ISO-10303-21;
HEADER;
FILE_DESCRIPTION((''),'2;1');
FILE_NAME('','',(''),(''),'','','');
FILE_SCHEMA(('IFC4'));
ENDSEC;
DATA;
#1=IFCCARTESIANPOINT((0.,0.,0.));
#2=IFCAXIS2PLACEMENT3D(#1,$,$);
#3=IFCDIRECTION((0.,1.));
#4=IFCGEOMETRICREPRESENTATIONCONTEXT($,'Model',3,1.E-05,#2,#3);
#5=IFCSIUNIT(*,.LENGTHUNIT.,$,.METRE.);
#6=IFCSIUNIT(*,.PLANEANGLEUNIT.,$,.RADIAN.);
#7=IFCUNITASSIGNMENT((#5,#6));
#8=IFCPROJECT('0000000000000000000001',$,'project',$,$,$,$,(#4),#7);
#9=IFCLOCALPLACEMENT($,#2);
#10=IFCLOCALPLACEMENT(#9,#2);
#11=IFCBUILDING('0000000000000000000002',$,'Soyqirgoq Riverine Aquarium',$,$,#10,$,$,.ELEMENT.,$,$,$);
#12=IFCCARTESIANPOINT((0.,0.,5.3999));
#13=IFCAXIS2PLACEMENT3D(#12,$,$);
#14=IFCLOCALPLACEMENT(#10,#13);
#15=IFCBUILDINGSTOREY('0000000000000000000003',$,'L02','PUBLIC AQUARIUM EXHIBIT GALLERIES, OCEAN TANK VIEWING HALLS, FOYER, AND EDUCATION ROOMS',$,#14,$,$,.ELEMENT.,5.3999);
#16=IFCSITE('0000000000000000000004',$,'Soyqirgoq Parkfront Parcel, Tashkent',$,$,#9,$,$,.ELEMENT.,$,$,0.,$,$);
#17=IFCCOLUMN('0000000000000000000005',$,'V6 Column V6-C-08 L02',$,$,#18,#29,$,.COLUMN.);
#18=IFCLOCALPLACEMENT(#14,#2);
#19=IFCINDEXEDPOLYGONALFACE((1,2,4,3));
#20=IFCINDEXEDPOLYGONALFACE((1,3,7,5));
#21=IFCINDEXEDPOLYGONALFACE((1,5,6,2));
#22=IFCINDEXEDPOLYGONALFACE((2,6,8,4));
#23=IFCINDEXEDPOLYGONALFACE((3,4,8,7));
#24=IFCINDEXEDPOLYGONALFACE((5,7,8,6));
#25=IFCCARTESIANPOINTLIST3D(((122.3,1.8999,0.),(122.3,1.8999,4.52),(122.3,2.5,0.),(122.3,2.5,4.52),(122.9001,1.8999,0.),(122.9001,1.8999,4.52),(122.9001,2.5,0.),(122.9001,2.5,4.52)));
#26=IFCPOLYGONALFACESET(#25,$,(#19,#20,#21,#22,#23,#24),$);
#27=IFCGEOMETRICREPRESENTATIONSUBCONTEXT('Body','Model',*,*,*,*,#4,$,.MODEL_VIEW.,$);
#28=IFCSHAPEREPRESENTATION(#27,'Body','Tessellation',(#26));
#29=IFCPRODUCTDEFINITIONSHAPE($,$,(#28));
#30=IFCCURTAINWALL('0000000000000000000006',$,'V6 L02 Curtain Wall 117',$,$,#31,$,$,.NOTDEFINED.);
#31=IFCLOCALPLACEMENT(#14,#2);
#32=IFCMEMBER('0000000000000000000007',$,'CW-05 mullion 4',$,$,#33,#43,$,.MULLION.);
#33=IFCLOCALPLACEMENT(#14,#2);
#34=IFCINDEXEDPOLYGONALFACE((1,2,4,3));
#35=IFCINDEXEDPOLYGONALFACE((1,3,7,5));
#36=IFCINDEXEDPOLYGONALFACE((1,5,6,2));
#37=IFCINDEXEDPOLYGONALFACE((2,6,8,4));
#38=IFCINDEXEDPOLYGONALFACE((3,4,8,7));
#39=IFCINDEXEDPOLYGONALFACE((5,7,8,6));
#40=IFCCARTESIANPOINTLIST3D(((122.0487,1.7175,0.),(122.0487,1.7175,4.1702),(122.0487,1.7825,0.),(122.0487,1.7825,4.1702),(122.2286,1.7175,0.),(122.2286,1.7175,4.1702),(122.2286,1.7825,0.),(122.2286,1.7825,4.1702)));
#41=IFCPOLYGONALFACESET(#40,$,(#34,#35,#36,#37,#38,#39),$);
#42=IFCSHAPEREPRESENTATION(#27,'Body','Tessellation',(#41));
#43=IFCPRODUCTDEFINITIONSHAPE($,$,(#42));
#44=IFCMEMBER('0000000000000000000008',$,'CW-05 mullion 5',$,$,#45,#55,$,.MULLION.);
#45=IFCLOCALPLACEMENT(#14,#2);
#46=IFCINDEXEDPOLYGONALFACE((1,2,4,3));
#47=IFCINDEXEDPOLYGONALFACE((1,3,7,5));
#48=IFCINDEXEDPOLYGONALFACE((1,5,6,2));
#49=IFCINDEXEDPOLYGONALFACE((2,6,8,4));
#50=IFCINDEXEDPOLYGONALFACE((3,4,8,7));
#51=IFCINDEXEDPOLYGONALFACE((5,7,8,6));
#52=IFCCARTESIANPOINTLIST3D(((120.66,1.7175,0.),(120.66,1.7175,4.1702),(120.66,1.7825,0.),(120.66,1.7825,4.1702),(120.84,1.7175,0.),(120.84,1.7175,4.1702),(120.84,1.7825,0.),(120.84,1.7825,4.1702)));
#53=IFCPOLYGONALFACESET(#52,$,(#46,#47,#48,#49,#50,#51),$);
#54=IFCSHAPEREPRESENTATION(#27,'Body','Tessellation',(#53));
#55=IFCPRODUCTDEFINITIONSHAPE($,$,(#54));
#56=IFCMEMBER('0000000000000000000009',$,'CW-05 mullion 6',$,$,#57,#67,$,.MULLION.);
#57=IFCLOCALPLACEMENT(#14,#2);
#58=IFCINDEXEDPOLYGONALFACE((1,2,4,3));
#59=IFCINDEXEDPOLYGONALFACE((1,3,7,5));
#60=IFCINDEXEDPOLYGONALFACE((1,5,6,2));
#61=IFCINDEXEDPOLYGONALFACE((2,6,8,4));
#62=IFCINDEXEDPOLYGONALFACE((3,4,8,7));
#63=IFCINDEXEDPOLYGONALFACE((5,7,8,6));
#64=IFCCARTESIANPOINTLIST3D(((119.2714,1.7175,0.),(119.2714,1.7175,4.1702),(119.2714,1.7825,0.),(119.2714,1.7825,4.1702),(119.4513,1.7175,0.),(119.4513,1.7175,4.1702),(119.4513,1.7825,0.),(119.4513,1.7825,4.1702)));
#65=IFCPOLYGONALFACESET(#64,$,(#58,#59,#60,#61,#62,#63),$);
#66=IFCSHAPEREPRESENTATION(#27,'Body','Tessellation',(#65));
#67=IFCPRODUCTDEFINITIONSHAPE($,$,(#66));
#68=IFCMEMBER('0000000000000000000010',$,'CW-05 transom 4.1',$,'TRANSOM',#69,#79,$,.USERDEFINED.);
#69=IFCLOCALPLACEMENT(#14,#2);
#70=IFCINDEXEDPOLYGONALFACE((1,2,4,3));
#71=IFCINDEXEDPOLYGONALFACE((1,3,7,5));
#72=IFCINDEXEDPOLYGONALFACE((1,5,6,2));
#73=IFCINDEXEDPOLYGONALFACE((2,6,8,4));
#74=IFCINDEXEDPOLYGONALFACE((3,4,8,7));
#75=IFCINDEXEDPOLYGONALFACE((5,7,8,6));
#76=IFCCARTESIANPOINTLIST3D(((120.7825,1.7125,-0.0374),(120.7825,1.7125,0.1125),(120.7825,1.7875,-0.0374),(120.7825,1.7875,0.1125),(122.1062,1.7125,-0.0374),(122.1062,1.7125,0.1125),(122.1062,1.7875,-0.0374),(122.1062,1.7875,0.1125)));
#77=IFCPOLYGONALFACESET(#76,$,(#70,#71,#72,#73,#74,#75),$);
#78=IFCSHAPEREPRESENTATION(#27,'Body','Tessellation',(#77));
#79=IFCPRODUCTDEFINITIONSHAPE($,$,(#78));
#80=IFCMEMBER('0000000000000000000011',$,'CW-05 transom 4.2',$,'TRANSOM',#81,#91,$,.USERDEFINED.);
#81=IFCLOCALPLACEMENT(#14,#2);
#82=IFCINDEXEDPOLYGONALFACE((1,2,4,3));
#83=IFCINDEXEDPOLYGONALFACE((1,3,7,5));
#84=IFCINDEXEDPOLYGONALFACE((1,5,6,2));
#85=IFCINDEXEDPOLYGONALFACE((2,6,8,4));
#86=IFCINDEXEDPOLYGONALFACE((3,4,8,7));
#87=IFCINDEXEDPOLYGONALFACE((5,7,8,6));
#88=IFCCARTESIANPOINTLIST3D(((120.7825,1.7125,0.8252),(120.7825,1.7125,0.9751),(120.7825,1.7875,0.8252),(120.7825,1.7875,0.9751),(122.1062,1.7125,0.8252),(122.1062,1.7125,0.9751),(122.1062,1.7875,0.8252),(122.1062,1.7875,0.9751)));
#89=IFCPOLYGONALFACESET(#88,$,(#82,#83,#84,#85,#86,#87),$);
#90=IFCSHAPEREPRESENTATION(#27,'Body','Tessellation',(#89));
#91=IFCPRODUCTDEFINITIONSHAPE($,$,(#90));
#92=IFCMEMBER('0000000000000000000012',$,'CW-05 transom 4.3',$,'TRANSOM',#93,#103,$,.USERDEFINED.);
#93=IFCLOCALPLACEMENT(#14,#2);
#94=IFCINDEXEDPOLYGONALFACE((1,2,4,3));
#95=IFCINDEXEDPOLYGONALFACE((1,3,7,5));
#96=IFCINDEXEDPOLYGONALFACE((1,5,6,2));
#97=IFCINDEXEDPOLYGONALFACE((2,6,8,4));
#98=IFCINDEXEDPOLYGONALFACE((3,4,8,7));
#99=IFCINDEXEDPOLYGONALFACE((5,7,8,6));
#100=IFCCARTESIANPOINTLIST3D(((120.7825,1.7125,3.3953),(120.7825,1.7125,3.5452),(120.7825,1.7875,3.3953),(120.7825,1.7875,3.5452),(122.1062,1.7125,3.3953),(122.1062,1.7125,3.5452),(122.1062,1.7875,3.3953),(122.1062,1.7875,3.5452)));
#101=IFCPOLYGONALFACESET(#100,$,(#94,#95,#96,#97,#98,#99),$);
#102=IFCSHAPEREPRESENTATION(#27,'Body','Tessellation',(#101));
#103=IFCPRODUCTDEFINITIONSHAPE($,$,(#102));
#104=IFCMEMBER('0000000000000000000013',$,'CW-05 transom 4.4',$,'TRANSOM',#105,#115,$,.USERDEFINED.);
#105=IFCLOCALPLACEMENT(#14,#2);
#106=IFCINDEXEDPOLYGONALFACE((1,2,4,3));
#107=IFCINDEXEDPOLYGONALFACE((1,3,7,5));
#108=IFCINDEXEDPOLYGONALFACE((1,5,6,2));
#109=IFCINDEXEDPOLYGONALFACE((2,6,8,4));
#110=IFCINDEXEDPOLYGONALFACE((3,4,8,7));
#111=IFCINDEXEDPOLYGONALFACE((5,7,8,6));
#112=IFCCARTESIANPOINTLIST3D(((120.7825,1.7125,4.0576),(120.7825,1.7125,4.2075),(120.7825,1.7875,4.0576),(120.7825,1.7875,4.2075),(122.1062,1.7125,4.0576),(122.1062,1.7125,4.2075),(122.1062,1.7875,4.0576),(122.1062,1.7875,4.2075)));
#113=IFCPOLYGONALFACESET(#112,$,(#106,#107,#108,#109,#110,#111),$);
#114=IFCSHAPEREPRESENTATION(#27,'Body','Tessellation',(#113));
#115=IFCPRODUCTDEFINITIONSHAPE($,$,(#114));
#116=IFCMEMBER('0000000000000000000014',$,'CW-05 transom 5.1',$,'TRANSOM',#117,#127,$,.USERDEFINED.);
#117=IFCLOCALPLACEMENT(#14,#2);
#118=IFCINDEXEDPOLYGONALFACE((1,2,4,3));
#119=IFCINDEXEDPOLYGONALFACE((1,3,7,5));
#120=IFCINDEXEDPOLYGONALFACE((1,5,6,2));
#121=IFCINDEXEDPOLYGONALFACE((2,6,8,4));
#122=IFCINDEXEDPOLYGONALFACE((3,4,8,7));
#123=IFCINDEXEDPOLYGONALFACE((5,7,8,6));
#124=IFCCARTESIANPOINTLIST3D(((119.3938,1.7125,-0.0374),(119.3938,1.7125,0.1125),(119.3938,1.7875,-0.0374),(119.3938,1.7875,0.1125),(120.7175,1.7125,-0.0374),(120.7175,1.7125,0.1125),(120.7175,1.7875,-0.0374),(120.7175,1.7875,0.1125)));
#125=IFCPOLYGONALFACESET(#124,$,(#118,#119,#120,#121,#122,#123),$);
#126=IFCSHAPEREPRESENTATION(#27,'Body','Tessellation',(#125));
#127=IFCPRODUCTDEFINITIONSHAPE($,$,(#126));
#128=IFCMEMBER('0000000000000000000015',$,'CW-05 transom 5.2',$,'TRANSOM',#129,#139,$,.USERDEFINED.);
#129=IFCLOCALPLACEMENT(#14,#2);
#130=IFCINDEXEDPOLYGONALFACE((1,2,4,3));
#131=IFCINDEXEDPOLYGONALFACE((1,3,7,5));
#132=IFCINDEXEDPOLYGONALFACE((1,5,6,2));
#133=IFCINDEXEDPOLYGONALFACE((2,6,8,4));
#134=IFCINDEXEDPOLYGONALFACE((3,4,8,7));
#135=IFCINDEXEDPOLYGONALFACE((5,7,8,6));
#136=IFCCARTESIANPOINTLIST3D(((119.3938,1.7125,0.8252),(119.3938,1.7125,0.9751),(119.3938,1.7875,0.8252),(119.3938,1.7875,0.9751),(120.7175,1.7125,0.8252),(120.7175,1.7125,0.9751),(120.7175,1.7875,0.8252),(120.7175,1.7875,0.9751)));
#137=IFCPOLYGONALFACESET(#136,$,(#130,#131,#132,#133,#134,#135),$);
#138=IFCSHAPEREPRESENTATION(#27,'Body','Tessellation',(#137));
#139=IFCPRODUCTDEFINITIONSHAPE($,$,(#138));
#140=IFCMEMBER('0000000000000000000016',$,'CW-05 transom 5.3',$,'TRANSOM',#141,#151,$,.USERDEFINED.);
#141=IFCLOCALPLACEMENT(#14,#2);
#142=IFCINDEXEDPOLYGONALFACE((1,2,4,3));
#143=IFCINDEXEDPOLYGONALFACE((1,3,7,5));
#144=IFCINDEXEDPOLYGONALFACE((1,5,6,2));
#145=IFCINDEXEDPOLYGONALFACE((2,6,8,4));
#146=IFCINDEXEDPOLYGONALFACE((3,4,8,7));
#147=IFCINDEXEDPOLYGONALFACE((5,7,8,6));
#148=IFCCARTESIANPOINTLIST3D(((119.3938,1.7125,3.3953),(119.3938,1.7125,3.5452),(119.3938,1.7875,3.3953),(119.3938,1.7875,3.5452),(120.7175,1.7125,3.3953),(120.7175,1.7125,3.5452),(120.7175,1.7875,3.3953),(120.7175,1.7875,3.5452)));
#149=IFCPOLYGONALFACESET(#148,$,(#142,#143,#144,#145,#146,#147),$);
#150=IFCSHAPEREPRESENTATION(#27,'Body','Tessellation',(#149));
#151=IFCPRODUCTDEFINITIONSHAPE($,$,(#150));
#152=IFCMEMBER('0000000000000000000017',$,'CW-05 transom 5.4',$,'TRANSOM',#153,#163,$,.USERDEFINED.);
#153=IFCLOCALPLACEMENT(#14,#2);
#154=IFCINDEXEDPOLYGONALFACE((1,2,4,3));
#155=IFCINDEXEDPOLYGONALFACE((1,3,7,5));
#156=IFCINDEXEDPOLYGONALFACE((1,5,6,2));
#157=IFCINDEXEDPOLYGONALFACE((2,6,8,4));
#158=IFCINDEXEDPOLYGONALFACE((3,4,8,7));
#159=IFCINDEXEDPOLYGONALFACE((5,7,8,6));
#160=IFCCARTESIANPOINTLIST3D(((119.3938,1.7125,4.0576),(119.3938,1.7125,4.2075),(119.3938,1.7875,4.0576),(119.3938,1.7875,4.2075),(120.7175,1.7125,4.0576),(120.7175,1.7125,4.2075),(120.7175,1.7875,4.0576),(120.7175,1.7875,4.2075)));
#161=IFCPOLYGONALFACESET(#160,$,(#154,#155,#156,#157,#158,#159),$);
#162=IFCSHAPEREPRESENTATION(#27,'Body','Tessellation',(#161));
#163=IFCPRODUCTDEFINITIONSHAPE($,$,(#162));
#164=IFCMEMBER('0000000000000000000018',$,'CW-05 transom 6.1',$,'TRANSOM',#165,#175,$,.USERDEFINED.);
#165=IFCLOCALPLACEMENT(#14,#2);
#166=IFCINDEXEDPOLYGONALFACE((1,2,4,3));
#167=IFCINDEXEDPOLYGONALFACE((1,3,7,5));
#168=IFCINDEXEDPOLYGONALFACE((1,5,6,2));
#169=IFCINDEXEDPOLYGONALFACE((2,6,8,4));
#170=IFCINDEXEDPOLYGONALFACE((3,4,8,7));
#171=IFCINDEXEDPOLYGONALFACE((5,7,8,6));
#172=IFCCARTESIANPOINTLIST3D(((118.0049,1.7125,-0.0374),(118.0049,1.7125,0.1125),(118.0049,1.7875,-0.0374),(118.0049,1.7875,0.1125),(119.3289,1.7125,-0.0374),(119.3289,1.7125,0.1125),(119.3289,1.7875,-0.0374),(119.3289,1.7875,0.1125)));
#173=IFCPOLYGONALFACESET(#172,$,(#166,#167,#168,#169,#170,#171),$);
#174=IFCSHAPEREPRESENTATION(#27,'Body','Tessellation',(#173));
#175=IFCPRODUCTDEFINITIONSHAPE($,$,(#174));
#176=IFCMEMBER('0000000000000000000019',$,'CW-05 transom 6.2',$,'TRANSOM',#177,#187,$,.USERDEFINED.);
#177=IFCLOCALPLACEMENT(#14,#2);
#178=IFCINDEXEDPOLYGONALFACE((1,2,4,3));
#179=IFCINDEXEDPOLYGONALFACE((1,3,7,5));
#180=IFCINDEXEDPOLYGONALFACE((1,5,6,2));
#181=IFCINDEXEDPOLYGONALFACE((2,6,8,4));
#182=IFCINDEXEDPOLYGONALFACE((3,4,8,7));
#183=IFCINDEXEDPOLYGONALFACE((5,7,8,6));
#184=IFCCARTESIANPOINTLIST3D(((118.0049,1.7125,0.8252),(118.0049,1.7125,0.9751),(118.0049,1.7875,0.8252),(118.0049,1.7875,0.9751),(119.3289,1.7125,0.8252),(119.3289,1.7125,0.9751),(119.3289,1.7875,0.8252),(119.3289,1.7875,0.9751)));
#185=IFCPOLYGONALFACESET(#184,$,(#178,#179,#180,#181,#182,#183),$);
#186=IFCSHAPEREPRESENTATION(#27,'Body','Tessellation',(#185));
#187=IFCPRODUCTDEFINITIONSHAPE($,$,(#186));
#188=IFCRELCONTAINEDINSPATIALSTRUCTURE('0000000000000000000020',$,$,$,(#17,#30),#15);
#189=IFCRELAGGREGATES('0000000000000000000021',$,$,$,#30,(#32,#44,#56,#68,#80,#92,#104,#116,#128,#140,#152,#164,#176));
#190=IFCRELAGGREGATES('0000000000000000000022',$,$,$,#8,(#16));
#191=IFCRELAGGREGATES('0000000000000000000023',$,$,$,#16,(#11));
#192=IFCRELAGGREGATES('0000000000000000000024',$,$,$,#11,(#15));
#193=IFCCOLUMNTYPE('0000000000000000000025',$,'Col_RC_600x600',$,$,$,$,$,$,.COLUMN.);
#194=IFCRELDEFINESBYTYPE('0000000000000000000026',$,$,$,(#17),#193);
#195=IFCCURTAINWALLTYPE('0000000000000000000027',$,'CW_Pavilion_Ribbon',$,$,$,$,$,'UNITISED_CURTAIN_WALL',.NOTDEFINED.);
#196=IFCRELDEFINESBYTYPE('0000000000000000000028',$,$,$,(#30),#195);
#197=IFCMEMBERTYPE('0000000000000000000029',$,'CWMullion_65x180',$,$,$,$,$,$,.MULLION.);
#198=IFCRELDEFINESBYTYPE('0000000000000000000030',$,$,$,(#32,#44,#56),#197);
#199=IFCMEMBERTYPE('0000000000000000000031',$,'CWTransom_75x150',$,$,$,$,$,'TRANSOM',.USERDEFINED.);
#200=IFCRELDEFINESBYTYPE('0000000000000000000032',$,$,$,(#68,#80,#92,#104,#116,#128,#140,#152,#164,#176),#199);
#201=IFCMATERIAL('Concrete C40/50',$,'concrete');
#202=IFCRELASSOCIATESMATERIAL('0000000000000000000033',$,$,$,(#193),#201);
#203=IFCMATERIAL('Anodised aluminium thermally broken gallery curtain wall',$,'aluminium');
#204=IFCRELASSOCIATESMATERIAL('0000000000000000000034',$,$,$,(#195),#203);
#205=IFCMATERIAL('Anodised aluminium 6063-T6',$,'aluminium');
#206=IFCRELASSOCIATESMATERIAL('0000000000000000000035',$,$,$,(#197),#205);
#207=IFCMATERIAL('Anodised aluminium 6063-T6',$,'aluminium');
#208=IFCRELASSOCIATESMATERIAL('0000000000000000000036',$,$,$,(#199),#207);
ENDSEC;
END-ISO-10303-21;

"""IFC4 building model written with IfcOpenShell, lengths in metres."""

from ifc_helpers import new_model, si_unit, direction, frame, origin, origin_2d, place, context, subcontext, project, spatial, rectangle, extrude, material, material_profile, profile_set, type_object, element, aggregate, save


model = new_model("IFC4")

# Units and contexts
model_context = context("Model", 3, precision=1e-05, world=origin(), true_north=direction((0.0, 1.0)))
body_context = subcontext(model_context, "Body", "Model", "MODEL_VIEW")
ifc_project = project(units=[si_unit("LENGTHUNIT", "METRE"), si_unit("PLANEANGLEUNIT", "RADIAN")], contexts=[model_context])

# Site, building, storey
site_placement = place(None, origin())
site = spatial("IfcSite", under=ifc_project, at=site_placement, Name="Soyqirgoq Parkfront Parcel, Tashkent", CompositionType="ELEMENT", RefElevation=0.0)
building_placement = place(site_placement, origin())
building = spatial("IfcBuilding", under=site, at=building_placement, Name="Soyqirgoq Riverine Aquarium", CompositionType="ELEMENT")
storey_placement = place(building_placement, frame((0.0, 0.0, 5.3999)))
storey = spatial("IfcBuildingStorey", under=building, at=storey_placement, Name="L02", Description="PUBLIC AQUARIUM EXHIBIT GALLERIES, OCEAN TANK VIEWING HALLS, FOYER, AND EDUCATION ROOMS", CompositionType="ELEMENT", Elevation=5.3999)

# Column
ifc_material_1 = material(Name="Concrete C40/50", Category="concrete")
ifc_material_profile_1 = material_profile(ifc_material_1, rectangle(XDim=0.6001, YDim=0.6001, at=origin_2d()), Name="RC 600x600")
ifc_profile_set_1 = profile_set([ifc_material_profile_1], Name="Concrete C40/50")
column_type = type_object("IfcColumnType", Name="Col_RC_600x600", PredefinedType="COLUMN", material=ifc_profile_set_1)
column_placement = place(storey_placement, frame((122.6001, 2.2, 0.0), z_axis=(0.0, 0.0, 1.0), x_axis=(1.0, 0.0, 0.0)))
element("IfcColumn", 1, at=column_placement, inside=storey, type_object=column_type, Name="V6 Column V6-C-08 L02", PredefinedType="COLUMN", context=body_context, shape_type="SweptSolid", body=[
    extrude(rectangle(XDim=0.6001, YDim=0.6001, at=origin_2d()), origin(), (0.0, 0.0, 1.0), 4.52),
])

# Curtain wall, members
ifc_material_2 = material(Name="Anodised aluminium thermally broken gallery curtain wall", Category="aluminium")
curtain_wall_type = type_object("IfcCurtainWallType", Name="CW_Pavilion_Ribbon", ElementType="UNITISED_CURTAIN_WALL", PredefinedType="NOTDEFINED", material=ifc_material_2)
curtain_wall_placement = place(storey_placement, origin())
curtain_wall = element("IfcCurtainWall", 2, at=curtain_wall_placement, inside=storey, type_object=curtain_wall_type, Name="V6 L02 Curtain Wall 117", PredefinedType="NOTDEFINED")
ifc_material_3 = material(Name="Anodised aluminium 6063-T6", Category="aluminium")
ifc_material_profile_2 = material_profile(ifc_material_3, rectangle(XDim=0.0649, YDim=0.1799, at=origin_2d()), Name="ALU-M 65x180")
ifc_profile_set_2 = profile_set([ifc_material_profile_2], Name="Anodised aluminium 6063-T6")
member_type_1 = type_object("IfcMemberType", Name="CWMullion_65x180", PredefinedType="MULLION", material=ifc_profile_set_2)
member_1_placement = place(storey_placement, frame((122.1387, 1.75, 0.0), z_axis=(0.0, 0.0, 1.0), x_axis=(0.0, -1.0, 0.0)))
member_1 = element("IfcMember", 3, at=member_1_placement, type_object=member_type_1, Name="CW-05 mullion 4", PredefinedType="MULLION", context=body_context, shape_type="SweptSolid", body=[
    extrude(rectangle(XDim=0.0649, YDim=0.1799, at=origin_2d()), origin(), (0.0, 0.0, 1.0), 4.1702),
])
member_2_placement = place(storey_placement, frame((120.75, 1.75, 0.0), z_axis=(0.0, 0.0, 1.0), x_axis=(0.0, -1.0, 0.0)))
member_2 = element("IfcMember", 4, at=member_2_placement, type_object=member_type_1, Name="CW-05 mullion 5", PredefinedType="MULLION", context=body_context, shape_type="SweptSolid", body=[
    extrude(rectangle(XDim=0.0649, YDim=0.1799, at=origin_2d()), origin(), (0.0, 0.0, 1.0), 4.1702),
])
member_3_placement = place(storey_placement, frame((119.3613, 1.75, 0.0), z_axis=(0.0, 0.0, 1.0), x_axis=(0.0, -1.0, 0.0)))
member_3 = element("IfcMember", 5, at=member_3_placement, type_object=member_type_1, Name="CW-05 mullion 6", PredefinedType="MULLION", context=body_context, shape_type="SweptSolid", body=[
    extrude(rectangle(XDim=0.0649, YDim=0.1799, at=origin_2d()), origin(), (0.0, 0.0, 1.0), 4.1702),
])
ifc_material_4 = material(Name="Anodised aluminium 6063-T6", Category="aluminium")
ifc_material_profile_3 = material_profile(ifc_material_4, rectangle(XDim=0.075, YDim=0.1499, at=origin_2d()), Name="ALU-T 75x150")
ifc_profile_set_3 = profile_set([ifc_material_profile_3], Name="Anodised aluminium 6063-T6")
member_type_2 = type_object("IfcMemberType", Name="CWTransom_75x150", ElementType="TRANSOM", PredefinedType="USERDEFINED", material=ifc_profile_set_3)
member_4_placement = place(storey_placement, frame((122.1062, 1.75, 0.0376), z_axis=(-1.0, 0.0, 0.0), x_axis=(0.0, -1.0, 0.0)))
member_4 = element("IfcMember", 6, at=member_4_placement, type_object=member_type_2, Name="CW-05 transom 4.1", ObjectType="TRANSOM", PredefinedType="USERDEFINED", context=body_context, shape_type="SweptSolid", body=[
    extrude(rectangle(XDim=0.075, YDim=0.1499, at=origin_2d()), origin(), (0.0, 0.0, 1.0), 1.3237),
])
member_5_placement = place(storey_placement, frame((122.1062, 1.75, 0.9001), z_axis=(-1.0, 0.0, 0.0), x_axis=(0.0, -1.0, 0.0)))
member_5 = element("IfcMember", 7, at=member_5_placement, type_object=member_type_2, Name="CW-05 transom 4.2", ObjectType="TRANSOM", PredefinedType="USERDEFINED", context=body_context, shape_type="SweptSolid", body=[
    extrude(rectangle(XDim=0.075, YDim=0.1499, at=origin_2d()), origin(), (0.0, 0.0, 1.0), 1.3237),
])
member_6_placement = place(storey_placement, frame((122.1062, 1.75, 3.4702), z_axis=(-1.0, 0.0, 0.0), x_axis=(0.0, -1.0, 0.0)))
member_6 = element("IfcMember", 8, at=member_6_placement, type_object=member_type_2, Name="CW-05 transom 4.3", ObjectType="TRANSOM", PredefinedType="USERDEFINED", context=body_context, shape_type="SweptSolid", body=[
    extrude(rectangle(XDim=0.075, YDim=0.1499, at=origin_2d()), origin(), (0.0, 0.0, 1.0), 1.3237),
])
member_7_placement = place(storey_placement, frame((122.1062, 1.75, 4.1326), z_axis=(-1.0, 0.0, 0.0), x_axis=(0.0, -1.0, 0.0)))
member_7 = element("IfcMember", 9, at=member_7_placement, type_object=member_type_2, Name="CW-05 transom 4.4", ObjectType="TRANSOM", PredefinedType="USERDEFINED", context=body_context, shape_type="SweptSolid", body=[
    extrude(rectangle(XDim=0.075, YDim=0.1499, at=origin_2d()), origin(), (0.0, 0.0, 1.0), 1.3237),
])
member_8_placement = place(storey_placement, frame((120.7175, 1.75, 0.0376), z_axis=(-1.0, 0.0, 0.0), x_axis=(0.0, -1.0, 0.0)))
member_8 = element("IfcMember", 10, at=member_8_placement, type_object=member_type_2, Name="CW-05 transom 5.1", ObjectType="TRANSOM", PredefinedType="USERDEFINED", context=body_context, shape_type="SweptSolid", body=[
    extrude(rectangle(XDim=0.075, YDim=0.1499, at=origin_2d()), origin(), (0.0, 0.0, 1.0), 1.3237),
])
member_9_placement = place(storey_placement, frame((120.7175, 1.75, 0.9001), z_axis=(-1.0, 0.0, 0.0), x_axis=(0.0, -1.0, 0.0)))
member_9 = element("IfcMember", 11, at=member_9_placement, type_object=member_type_2, Name="CW-05 transom 5.2", ObjectType="TRANSOM", PredefinedType="USERDEFINED", context=body_context, shape_type="SweptSolid", body=[
    extrude(rectangle(XDim=0.075, YDim=0.1499, at=origin_2d()), origin(), (0.0, 0.0, 1.0), 1.3237),
])
member_10_placement = place(storey_placement, frame((120.7175, 1.75, 3.4702), z_axis=(-1.0, 0.0, 0.0), x_axis=(0.0, -1.0, 0.0)))
member_10 = element("IfcMember", 12, at=member_10_placement, type_object=member_type_2, Name="CW-05 transom 5.3", ObjectType="TRANSOM", PredefinedType="USERDEFINED", context=body_context, shape_type="SweptSolid", body=[
    extrude(rectangle(XDim=0.075, YDim=0.1499, at=origin_2d()), origin(), (0.0, 0.0, 1.0), 1.3237),
])
member_11_placement = place(storey_placement, frame((120.7175, 1.75, 4.1326), z_axis=(-1.0, 0.0, 0.0), x_axis=(0.0, -1.0, 0.0)))
member_11 = element("IfcMember", 13, at=member_11_placement, type_object=member_type_2, Name="CW-05 transom 5.4", ObjectType="TRANSOM", PredefinedType="USERDEFINED", context=body_context, shape_type="SweptSolid", body=[
    extrude(rectangle(XDim=0.075, YDim=0.1499, at=origin_2d()), origin(), (0.0, 0.0, 1.0), 1.3237),
])
member_12_placement = place(storey_placement, frame((119.3289, 1.75, 0.0376), z_axis=(-1.0, 0.0, 0.0), x_axis=(0.0, -1.0, 0.0)))
member_12 = element("IfcMember", 14, at=member_12_placement, type_object=member_type_2, Name="CW-05 transom 6.1", ObjectType="TRANSOM", PredefinedType="USERDEFINED", context=body_context, shape_type="SweptSolid", body=[
    extrude(rectangle(XDim=0.075, YDim=0.1499, at=origin_2d()), origin(), (0.0, 0.0, 1.0), 1.324),
])
member_13_placement = place(storey_placement, frame((119.3289, 1.75, 0.9001), z_axis=(-1.0, 0.0, 0.0), x_axis=(0.0, -1.0, 0.0)))
member_13 = element("IfcMember", 15, at=member_13_placement, type_object=member_type_2, Name="CW-05 transom 6.2", ObjectType="TRANSOM", PredefinedType="USERDEFINED", context=body_context, shape_type="SweptSolid", body=[
    extrude(rectangle(XDim=0.075, YDim=0.1499, at=origin_2d()), origin(), (0.0, 0.0, 1.0), 1.324),
])

aggregate(curtain_wall, [member_1, member_2, member_3, member_4, member_5, member_6, member_7, member_8, member_9, member_10, member_11, member_12, member_13])

save(model, "model.ifc")
